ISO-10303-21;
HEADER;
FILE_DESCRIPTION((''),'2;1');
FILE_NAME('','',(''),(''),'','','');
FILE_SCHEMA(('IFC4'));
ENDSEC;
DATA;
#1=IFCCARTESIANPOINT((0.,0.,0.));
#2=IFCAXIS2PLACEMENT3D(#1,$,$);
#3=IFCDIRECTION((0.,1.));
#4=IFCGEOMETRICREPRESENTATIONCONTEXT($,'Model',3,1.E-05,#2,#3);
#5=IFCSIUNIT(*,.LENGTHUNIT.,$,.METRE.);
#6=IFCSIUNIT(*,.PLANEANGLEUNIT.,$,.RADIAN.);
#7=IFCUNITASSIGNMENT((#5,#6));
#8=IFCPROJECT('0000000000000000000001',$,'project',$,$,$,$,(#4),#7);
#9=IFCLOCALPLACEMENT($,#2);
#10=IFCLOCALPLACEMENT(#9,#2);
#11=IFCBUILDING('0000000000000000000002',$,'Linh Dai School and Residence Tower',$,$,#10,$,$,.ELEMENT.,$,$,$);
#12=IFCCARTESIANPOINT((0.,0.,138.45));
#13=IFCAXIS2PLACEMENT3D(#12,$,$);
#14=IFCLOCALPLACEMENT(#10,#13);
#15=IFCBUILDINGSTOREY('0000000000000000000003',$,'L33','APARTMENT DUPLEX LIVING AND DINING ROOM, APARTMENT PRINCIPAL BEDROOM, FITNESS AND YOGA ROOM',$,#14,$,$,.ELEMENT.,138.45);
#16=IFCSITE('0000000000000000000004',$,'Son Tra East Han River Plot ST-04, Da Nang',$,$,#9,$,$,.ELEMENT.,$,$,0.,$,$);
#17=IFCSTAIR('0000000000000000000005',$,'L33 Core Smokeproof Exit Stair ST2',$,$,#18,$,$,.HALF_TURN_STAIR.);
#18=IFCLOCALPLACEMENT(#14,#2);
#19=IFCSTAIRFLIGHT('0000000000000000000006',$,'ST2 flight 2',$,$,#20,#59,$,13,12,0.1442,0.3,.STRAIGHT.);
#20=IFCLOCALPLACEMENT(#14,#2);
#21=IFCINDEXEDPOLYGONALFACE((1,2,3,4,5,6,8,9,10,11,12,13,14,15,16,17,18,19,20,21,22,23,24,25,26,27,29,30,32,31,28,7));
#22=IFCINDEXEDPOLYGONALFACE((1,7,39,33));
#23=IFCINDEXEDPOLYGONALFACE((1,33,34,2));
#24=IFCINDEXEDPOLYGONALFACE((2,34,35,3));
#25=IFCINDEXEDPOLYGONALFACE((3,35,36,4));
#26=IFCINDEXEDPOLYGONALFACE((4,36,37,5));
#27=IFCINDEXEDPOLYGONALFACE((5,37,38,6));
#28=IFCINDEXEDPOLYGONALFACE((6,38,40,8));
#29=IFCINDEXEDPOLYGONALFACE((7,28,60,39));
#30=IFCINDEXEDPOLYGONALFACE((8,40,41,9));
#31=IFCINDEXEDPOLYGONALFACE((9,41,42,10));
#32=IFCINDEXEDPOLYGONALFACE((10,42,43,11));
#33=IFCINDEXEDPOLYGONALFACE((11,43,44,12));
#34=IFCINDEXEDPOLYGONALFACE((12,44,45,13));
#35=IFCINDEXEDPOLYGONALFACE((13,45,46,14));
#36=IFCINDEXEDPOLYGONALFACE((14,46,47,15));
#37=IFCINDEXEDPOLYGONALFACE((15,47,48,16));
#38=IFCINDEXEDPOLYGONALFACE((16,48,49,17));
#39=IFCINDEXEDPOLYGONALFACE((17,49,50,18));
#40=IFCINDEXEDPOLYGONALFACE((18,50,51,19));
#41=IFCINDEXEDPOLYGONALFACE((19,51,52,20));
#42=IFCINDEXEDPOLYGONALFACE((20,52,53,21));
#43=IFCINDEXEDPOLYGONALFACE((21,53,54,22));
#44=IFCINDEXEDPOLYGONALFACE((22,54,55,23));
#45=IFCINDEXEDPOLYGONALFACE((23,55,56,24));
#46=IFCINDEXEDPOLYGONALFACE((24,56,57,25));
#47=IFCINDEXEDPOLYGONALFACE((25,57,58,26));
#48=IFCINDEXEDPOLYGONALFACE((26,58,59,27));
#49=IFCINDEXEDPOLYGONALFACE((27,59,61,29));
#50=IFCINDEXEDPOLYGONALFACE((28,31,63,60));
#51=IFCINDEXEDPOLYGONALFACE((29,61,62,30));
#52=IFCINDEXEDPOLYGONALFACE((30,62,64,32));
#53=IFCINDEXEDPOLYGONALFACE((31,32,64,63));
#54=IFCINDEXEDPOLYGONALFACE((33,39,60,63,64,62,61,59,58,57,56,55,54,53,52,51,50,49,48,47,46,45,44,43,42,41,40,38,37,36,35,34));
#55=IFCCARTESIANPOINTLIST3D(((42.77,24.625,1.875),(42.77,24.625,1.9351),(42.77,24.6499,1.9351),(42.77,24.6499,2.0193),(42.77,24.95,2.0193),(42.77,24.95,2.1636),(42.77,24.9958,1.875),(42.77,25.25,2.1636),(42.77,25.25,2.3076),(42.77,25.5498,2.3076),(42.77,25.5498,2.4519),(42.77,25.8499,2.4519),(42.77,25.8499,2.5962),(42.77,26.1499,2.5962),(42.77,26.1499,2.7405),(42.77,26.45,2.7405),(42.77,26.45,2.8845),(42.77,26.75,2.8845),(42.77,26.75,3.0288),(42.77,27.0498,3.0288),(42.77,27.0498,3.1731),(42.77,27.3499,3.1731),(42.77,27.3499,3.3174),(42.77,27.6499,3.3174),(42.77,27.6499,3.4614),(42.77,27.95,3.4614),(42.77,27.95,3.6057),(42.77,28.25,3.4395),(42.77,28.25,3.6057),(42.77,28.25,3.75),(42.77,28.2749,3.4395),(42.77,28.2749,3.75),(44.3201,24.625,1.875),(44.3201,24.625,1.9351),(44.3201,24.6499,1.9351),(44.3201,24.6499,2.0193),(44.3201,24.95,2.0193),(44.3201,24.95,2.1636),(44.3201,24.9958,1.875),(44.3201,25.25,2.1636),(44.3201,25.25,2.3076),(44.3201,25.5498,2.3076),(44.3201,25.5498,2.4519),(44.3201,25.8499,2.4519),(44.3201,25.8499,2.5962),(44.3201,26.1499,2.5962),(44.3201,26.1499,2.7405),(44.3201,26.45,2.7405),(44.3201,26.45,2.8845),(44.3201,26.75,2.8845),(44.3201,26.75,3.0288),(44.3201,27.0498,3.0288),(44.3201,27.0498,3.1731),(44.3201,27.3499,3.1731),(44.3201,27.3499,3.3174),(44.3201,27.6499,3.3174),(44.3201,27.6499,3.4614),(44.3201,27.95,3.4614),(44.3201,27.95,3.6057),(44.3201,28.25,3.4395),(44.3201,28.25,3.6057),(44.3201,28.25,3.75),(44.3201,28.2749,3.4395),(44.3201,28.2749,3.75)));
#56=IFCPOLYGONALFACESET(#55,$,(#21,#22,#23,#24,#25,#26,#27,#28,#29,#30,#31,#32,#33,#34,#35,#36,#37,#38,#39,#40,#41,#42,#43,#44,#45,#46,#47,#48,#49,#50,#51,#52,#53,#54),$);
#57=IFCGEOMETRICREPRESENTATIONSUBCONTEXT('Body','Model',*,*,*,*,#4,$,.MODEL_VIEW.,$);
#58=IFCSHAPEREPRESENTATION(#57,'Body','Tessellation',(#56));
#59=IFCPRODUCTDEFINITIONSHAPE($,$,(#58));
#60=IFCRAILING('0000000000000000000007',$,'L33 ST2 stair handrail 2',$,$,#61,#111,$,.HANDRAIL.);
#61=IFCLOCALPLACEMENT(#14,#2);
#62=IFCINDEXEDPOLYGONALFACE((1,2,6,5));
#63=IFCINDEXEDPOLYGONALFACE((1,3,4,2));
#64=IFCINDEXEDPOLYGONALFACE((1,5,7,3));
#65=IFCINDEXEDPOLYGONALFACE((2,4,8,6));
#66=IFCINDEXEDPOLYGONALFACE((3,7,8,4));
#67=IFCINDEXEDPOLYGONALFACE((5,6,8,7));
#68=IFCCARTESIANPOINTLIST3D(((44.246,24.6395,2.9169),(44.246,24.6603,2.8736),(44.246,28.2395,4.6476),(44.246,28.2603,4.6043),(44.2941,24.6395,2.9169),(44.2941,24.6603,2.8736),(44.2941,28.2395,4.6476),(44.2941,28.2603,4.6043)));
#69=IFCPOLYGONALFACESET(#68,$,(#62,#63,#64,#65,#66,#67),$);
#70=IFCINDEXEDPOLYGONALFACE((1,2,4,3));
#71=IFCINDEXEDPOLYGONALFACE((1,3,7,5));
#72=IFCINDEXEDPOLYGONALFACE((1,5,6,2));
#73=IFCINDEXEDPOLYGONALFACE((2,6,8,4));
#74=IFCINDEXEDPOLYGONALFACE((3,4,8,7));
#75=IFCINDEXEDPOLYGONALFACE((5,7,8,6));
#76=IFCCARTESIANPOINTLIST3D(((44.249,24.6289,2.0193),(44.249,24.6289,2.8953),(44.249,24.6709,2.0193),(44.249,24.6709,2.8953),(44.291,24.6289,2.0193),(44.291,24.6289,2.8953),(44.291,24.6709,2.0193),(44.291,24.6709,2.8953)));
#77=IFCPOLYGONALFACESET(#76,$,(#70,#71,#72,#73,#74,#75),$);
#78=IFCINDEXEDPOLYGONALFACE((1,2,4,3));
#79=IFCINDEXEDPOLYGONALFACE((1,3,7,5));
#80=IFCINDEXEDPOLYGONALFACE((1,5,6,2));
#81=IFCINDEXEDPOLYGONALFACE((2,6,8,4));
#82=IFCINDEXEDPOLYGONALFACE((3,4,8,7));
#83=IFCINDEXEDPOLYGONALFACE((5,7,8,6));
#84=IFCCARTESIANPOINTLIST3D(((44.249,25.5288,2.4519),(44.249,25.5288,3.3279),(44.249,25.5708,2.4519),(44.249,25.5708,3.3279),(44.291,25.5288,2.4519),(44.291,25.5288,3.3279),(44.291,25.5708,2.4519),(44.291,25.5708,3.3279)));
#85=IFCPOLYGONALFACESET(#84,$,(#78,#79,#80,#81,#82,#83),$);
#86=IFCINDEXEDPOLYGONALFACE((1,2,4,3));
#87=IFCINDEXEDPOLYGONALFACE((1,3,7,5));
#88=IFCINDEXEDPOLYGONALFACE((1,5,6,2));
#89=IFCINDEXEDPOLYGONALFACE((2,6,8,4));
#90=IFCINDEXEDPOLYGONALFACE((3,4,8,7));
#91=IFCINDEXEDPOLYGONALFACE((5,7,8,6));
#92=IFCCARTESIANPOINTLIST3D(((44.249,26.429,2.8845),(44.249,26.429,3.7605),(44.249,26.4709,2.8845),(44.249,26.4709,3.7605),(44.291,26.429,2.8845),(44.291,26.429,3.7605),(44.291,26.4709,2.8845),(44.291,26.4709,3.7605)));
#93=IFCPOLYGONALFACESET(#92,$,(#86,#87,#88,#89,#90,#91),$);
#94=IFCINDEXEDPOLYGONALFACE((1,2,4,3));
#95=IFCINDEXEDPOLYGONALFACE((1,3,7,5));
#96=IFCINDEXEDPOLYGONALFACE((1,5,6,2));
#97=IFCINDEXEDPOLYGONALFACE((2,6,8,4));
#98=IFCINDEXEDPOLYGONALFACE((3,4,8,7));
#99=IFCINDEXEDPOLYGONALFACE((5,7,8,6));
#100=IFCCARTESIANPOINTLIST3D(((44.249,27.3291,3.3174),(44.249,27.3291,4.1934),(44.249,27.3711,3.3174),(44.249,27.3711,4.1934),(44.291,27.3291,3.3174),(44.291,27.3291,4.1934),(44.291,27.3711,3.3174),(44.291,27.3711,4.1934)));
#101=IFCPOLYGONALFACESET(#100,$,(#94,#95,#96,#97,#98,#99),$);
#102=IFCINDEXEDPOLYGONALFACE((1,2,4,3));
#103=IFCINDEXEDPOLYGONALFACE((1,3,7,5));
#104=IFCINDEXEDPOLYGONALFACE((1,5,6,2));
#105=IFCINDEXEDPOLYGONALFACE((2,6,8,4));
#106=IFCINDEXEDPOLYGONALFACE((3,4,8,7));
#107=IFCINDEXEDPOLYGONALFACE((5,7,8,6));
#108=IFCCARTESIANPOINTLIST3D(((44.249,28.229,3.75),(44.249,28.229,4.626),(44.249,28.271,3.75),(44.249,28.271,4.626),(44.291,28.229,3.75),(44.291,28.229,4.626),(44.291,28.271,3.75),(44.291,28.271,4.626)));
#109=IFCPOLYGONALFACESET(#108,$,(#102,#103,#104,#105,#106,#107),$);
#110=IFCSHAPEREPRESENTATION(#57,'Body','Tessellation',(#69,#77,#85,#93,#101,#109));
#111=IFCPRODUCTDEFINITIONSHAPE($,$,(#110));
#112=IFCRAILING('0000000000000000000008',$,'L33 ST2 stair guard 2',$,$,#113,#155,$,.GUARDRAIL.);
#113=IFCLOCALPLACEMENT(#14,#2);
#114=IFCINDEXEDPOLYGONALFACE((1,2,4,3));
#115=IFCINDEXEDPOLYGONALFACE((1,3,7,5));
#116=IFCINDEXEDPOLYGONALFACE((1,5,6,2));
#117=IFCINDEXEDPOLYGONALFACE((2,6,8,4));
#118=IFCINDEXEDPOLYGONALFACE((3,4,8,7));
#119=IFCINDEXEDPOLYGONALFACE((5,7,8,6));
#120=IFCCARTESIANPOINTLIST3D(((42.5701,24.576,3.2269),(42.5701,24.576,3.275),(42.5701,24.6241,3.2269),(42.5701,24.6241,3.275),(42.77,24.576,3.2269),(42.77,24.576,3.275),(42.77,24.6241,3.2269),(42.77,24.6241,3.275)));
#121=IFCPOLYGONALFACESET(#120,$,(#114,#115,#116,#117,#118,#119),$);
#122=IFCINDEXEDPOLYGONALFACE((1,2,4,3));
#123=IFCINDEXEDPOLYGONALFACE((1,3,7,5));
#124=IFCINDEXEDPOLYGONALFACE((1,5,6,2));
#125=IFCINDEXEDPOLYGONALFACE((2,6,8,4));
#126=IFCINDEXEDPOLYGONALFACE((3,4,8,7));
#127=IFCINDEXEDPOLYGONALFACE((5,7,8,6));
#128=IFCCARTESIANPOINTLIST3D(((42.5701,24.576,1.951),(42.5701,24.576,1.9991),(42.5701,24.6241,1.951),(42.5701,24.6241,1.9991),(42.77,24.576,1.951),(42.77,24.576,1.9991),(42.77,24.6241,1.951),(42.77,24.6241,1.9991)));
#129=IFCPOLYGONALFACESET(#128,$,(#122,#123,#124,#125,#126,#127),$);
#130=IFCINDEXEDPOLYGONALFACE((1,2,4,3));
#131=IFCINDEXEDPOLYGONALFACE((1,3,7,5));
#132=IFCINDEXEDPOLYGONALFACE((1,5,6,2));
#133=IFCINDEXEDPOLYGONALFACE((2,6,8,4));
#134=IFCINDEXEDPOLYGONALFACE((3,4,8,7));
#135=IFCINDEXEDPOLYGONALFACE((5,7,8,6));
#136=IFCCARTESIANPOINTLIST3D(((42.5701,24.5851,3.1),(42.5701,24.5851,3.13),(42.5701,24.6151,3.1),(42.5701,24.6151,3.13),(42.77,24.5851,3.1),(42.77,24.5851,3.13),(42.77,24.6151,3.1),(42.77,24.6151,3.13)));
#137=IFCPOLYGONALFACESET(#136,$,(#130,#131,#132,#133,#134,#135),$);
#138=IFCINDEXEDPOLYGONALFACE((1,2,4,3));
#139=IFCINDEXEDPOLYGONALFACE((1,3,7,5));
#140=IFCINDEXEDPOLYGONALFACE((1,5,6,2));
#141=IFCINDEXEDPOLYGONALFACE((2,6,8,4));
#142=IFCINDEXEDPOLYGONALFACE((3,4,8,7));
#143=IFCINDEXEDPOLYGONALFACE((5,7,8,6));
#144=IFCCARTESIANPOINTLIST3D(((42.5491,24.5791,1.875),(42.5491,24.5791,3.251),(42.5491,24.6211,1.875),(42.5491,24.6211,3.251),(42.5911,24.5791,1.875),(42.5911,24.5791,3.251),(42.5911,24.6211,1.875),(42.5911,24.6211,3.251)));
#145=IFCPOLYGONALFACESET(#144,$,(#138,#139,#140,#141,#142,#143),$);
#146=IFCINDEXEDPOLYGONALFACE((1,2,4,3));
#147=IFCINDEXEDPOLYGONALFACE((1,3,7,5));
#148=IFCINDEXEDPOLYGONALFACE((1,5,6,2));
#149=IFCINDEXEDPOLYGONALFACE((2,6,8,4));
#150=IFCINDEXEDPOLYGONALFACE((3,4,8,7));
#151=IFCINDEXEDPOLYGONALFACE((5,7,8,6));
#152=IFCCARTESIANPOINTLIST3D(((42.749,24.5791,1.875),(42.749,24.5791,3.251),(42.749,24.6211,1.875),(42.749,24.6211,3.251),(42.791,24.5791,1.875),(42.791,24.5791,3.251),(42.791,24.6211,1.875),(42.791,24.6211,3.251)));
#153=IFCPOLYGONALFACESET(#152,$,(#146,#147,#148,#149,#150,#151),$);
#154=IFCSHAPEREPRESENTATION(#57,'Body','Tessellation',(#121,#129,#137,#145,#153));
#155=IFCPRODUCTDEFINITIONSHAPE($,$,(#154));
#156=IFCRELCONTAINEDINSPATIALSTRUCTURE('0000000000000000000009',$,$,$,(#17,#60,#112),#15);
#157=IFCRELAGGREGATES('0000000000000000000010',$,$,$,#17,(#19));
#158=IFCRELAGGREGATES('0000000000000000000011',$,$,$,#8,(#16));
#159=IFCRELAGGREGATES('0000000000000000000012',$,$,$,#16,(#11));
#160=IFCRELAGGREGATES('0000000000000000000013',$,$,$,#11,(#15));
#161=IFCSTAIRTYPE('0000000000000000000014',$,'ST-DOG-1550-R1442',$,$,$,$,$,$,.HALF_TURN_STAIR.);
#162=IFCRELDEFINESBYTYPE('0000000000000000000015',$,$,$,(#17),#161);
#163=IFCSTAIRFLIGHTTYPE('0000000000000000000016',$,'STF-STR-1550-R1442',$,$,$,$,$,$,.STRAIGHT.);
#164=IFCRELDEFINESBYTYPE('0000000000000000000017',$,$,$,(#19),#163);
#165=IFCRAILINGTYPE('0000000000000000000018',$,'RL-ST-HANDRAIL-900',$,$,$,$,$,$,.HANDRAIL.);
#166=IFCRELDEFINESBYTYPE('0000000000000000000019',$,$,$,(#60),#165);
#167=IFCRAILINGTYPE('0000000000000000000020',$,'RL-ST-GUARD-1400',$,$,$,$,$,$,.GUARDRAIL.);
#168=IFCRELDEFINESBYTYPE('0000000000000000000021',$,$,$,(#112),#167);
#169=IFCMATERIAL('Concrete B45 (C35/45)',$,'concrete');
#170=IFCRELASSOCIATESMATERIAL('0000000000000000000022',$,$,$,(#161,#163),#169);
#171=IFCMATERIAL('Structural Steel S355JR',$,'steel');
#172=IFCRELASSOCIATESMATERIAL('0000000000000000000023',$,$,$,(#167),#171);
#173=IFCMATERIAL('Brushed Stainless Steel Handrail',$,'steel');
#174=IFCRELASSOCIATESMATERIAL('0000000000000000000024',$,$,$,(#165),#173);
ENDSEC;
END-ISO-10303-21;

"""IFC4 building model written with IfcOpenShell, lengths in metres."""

from ifc_helpers import new_model, si_unit, direction, frame, origin, origin_2d, place, context, subcontext, project, spatial, polyline, rectangle, outline, extrude, source, transform, mapped, material, type_object, element, aggregate, save


model = new_model("IFC4")

# Units and contexts
model_context = context("Model", 3, precision=1e-05, world=origin(), true_north=direction((0.0, 1.0)))
body_context = subcontext(model_context, "Body", "Model", "MODEL_VIEW")
ifc_project = project(units=[si_unit("LENGTHUNIT", "METRE"), si_unit("PLANEANGLEUNIT", "RADIAN")], contexts=[model_context])

# Site, building, storey
site_placement = place(None, origin())
site = spatial("IfcSite", under=ifc_project, at=site_placement, Name="Son Tra East Han River Plot ST-04, Da Nang", CompositionType="ELEMENT", RefElevation=0.0)
building_placement = place(site_placement, origin())
building = spatial("IfcBuilding", under=site, at=building_placement, Name="Linh Dai School and Residence Tower", CompositionType="ELEMENT")
storey_placement = place(building_placement, frame((0.0, 0.0, 138.45)))
storey = spatial("IfcBuildingStorey", under=building, at=storey_placement, Name="L33", Description="APARTMENT DUPLEX LIVING AND DINING ROOM, APARTMENT PRINCIPAL BEDROOM, FITNESS AND YOGA ROOM", CompositionType="ELEMENT", Elevation=138.45)

# Shared definitions
ifc_material_1 = material(Name="Structural Steel S355JR", Category="steel")

# Shared definitions
ifc_material_2 = material(Name="Concrete B45 (C35/45)", Category="concrete")

# Stair, stair flight
stair_type = type_object("IfcStairType", Name="ST-DOG-1550-R1442", PredefinedType="HALF_TURN_STAIR", material=ifc_material_2)
stair_placement = place(storey_placement, origin())
stair = element("IfcStair", 1, at=stair_placement, inside=storey, type_object=stair_type, Name="L33 Core Smokeproof Exit Stair ST2", PredefinedType="HALF_TURN_STAIR")
stair_flight_type = type_object("IfcStairFlightType", Name="STF-STR-1550-R1442", PredefinedType="STRAIGHT", material=ifc_material_2)
shared_shape_1 = source(origin(), body_context, "Body", "SweptSolid", [
    extrude(outline(polyline([(-0.0249, 0.0), (-0.0249, 0.0601), (0.0, 0.0601), (0.0, 0.1443), (0.3, 0.1443), (0.3, 0.2886), (0.6001, 0.2886), (0.6001, 0.4326), (0.8999, 0.4326), (0.8999, 0.5769), (1.2, 0.5769), (1.2, 0.7212), (1.5, 0.7212), (1.5, 0.8655), (1.8, 0.8655), (1.8, 1.0095), (2.1001, 1.0095), (2.1001, 1.1538), (2.3999, 1.1538), (2.3999, 1.2981), (2.7, 1.2981), (2.7, 1.4424), (3.0, 1.4424), (3.0, 1.5864), (3.3, 1.5864), (3.3, 1.7307), (3.6001, 1.7307), (3.6001, 1.875), (3.625, 1.875), (3.625, 1.5645), (3.6001, 1.5645), (0.3459, 0.0), (-0.0249, 0.0)])), frame((0.0, 0.7749, 0.0), z_axis=(0.0, -1.0, 0.0), x_axis=(1.0, 0.0, 0.0)), (0.0, 0.0, 1.0), 1.55),
])
stair_flight_placement = place(storey_placement, frame((43.5449, 24.6499, 1.875), z_axis=(0.0, 0.0, 1.0), x_axis=(0.0, 1.0, 0.0)))
stair_flight = element("IfcStairFlight", 2, at=stair_flight_placement, type_object=stair_flight_type, Name="ST2 flight 2", NumberOfRisers=13, NumberOfTreads=12, PredefinedType="STRAIGHT", RiserHeight=0.1442, TreadLength=0.3, context=body_context, shape_type="MappedRepresentation", body=[
    mapped(shared_shape_1, transform((0.0, 0.0, 0.0), x_axis=(1.0, 0.0, 0.0), y_axis=(0.0, 1.0, 0.0), z_axis=(0.0, 0.0, 1.0), scale=1.0)),
])
aggregate(stair, [stair_flight])

# Railings
railing_type_1 = type_object("IfcRailingType", Name="RL-ST-GUARD-1400", PredefinedType="GUARDRAIL", material=ifc_material_1)
ifc_material_3 = material(Name="Brushed Stainless Steel Handrail", Category="steel")
railing_type_2 = type_object("IfcRailingType", Name="RL-ST-HANDRAIL-900", PredefinedType="HANDRAIL", material=ifc_material_3)
shared_shape_2 = source(origin(), body_context, "Body", "SweptSolid", [
    extrude(rectangle(XDim=0.0481, YDim=0.0481, at=origin_2d()), frame((0.0, 0.0, 0.876), z_axis=(0.0, 0.901263, 0.433273), x_axis=(-1.0, 0.0, 0.0)), (0.0, 0.0, 1.0), 3.9944),
    extrude(rectangle(XDim=0.042, YDim=0.042, at=origin_2d()), origin(), (0.0, 0.0, 1.0), 0.876),
    extrude(rectangle(XDim=0.042, YDim=0.042, at=origin_2d()), frame((0.0, 0.8999, 0.4326)), (0.0, 0.0, 1.0), 0.876),
    extrude(rectangle(XDim=0.042, YDim=0.042, at=origin_2d()), frame((0.0, 1.8, 0.8652)), (0.0, 0.0, 1.0), 0.876),
    extrude(rectangle(XDim=0.042, YDim=0.042, at=origin_2d()), frame((0.0, 2.7002, 1.2981)), (0.0, 0.0, 1.0), 0.876),
    extrude(rectangle(XDim=0.042, YDim=0.042, at=origin_2d()), frame((0.0, 3.6001, 1.7307)), (0.0, 0.0, 1.0), 0.876),
])
railing_1_placement = place(storey_placement, frame((44.27, 24.6499, 2.0193)))
element("IfcRailing", 3, at=railing_1_placement, inside=storey, type_object=railing_type_2, Name="L33 ST2 stair handrail 2", PredefinedType="HANDRAIL", context=body_context, shape_type="MappedRepresentation", body=[
    mapped(shared_shape_2, transform((0.0, 0.0, 0.0), x_axis=(1.0, 0.0, 0.0), y_axis=(0.0, 1.0, 0.0), z_axis=(0.0, 0.0, 1.0), scale=1.0)),
])
shared_shape_3 = source(origin(), body_context, "Body", "SweptSolid", [
    extrude(rectangle(XDim=0.0481, YDim=0.0481, at=origin_2d()), frame((0.0, 0.0, 1.376), z_axis=(1.0, 0.0, 0.0), x_axis=(0.0, 1.0, 0.0)), (0.0, 0.0, 1.0), 0.2),
    extrude(rectangle(XDim=0.0481, YDim=0.0481, at=origin_2d()), frame((0.0, 0.0, 0.1001), z_axis=(1.0, 0.0, 0.0), x_axis=(0.0, 1.0, 0.0)), (0.0, 0.0, 1.0), 0.2),
    extrude(rectangle(XDim=0.03, YDim=0.03, at=origin_2d()), frame((0.0, 0.0, 1.24), z_axis=(1.0, 0.0, 0.0), x_axis=(0.0, 1.0, 0.0)), (0.0, 0.0, 1.0), 0.2),
    extrude(rectangle(XDim=0.042, YDim=0.042, at=origin_2d()), origin(), (0.0, 0.0, 1.0), 1.376),
    extrude(rectangle(XDim=0.042, YDim=0.042, at=origin_2d()), frame((0.2, 0.0, 0.0)), (0.0, 0.0, 1.0), 1.376),
])
railing_2_placement = place(storey_placement, frame((42.5701, 24.6001, 1.875)))
element("IfcRailing", 4, at=railing_2_placement, inside=storey, type_object=railing_type_1, Name="L33 ST2 stair guard 2", PredefinedType="GUARDRAIL", context=body_context, shape_type="MappedRepresentation", body=[
    mapped(shared_shape_3, transform((0.0, 0.0, 0.0), x_axis=(1.0, 0.0, 0.0), y_axis=(0.0, 1.0, 0.0), z_axis=(0.0, 0.0, 1.0), scale=1.0)),
])

save(model, "model.ifc")
